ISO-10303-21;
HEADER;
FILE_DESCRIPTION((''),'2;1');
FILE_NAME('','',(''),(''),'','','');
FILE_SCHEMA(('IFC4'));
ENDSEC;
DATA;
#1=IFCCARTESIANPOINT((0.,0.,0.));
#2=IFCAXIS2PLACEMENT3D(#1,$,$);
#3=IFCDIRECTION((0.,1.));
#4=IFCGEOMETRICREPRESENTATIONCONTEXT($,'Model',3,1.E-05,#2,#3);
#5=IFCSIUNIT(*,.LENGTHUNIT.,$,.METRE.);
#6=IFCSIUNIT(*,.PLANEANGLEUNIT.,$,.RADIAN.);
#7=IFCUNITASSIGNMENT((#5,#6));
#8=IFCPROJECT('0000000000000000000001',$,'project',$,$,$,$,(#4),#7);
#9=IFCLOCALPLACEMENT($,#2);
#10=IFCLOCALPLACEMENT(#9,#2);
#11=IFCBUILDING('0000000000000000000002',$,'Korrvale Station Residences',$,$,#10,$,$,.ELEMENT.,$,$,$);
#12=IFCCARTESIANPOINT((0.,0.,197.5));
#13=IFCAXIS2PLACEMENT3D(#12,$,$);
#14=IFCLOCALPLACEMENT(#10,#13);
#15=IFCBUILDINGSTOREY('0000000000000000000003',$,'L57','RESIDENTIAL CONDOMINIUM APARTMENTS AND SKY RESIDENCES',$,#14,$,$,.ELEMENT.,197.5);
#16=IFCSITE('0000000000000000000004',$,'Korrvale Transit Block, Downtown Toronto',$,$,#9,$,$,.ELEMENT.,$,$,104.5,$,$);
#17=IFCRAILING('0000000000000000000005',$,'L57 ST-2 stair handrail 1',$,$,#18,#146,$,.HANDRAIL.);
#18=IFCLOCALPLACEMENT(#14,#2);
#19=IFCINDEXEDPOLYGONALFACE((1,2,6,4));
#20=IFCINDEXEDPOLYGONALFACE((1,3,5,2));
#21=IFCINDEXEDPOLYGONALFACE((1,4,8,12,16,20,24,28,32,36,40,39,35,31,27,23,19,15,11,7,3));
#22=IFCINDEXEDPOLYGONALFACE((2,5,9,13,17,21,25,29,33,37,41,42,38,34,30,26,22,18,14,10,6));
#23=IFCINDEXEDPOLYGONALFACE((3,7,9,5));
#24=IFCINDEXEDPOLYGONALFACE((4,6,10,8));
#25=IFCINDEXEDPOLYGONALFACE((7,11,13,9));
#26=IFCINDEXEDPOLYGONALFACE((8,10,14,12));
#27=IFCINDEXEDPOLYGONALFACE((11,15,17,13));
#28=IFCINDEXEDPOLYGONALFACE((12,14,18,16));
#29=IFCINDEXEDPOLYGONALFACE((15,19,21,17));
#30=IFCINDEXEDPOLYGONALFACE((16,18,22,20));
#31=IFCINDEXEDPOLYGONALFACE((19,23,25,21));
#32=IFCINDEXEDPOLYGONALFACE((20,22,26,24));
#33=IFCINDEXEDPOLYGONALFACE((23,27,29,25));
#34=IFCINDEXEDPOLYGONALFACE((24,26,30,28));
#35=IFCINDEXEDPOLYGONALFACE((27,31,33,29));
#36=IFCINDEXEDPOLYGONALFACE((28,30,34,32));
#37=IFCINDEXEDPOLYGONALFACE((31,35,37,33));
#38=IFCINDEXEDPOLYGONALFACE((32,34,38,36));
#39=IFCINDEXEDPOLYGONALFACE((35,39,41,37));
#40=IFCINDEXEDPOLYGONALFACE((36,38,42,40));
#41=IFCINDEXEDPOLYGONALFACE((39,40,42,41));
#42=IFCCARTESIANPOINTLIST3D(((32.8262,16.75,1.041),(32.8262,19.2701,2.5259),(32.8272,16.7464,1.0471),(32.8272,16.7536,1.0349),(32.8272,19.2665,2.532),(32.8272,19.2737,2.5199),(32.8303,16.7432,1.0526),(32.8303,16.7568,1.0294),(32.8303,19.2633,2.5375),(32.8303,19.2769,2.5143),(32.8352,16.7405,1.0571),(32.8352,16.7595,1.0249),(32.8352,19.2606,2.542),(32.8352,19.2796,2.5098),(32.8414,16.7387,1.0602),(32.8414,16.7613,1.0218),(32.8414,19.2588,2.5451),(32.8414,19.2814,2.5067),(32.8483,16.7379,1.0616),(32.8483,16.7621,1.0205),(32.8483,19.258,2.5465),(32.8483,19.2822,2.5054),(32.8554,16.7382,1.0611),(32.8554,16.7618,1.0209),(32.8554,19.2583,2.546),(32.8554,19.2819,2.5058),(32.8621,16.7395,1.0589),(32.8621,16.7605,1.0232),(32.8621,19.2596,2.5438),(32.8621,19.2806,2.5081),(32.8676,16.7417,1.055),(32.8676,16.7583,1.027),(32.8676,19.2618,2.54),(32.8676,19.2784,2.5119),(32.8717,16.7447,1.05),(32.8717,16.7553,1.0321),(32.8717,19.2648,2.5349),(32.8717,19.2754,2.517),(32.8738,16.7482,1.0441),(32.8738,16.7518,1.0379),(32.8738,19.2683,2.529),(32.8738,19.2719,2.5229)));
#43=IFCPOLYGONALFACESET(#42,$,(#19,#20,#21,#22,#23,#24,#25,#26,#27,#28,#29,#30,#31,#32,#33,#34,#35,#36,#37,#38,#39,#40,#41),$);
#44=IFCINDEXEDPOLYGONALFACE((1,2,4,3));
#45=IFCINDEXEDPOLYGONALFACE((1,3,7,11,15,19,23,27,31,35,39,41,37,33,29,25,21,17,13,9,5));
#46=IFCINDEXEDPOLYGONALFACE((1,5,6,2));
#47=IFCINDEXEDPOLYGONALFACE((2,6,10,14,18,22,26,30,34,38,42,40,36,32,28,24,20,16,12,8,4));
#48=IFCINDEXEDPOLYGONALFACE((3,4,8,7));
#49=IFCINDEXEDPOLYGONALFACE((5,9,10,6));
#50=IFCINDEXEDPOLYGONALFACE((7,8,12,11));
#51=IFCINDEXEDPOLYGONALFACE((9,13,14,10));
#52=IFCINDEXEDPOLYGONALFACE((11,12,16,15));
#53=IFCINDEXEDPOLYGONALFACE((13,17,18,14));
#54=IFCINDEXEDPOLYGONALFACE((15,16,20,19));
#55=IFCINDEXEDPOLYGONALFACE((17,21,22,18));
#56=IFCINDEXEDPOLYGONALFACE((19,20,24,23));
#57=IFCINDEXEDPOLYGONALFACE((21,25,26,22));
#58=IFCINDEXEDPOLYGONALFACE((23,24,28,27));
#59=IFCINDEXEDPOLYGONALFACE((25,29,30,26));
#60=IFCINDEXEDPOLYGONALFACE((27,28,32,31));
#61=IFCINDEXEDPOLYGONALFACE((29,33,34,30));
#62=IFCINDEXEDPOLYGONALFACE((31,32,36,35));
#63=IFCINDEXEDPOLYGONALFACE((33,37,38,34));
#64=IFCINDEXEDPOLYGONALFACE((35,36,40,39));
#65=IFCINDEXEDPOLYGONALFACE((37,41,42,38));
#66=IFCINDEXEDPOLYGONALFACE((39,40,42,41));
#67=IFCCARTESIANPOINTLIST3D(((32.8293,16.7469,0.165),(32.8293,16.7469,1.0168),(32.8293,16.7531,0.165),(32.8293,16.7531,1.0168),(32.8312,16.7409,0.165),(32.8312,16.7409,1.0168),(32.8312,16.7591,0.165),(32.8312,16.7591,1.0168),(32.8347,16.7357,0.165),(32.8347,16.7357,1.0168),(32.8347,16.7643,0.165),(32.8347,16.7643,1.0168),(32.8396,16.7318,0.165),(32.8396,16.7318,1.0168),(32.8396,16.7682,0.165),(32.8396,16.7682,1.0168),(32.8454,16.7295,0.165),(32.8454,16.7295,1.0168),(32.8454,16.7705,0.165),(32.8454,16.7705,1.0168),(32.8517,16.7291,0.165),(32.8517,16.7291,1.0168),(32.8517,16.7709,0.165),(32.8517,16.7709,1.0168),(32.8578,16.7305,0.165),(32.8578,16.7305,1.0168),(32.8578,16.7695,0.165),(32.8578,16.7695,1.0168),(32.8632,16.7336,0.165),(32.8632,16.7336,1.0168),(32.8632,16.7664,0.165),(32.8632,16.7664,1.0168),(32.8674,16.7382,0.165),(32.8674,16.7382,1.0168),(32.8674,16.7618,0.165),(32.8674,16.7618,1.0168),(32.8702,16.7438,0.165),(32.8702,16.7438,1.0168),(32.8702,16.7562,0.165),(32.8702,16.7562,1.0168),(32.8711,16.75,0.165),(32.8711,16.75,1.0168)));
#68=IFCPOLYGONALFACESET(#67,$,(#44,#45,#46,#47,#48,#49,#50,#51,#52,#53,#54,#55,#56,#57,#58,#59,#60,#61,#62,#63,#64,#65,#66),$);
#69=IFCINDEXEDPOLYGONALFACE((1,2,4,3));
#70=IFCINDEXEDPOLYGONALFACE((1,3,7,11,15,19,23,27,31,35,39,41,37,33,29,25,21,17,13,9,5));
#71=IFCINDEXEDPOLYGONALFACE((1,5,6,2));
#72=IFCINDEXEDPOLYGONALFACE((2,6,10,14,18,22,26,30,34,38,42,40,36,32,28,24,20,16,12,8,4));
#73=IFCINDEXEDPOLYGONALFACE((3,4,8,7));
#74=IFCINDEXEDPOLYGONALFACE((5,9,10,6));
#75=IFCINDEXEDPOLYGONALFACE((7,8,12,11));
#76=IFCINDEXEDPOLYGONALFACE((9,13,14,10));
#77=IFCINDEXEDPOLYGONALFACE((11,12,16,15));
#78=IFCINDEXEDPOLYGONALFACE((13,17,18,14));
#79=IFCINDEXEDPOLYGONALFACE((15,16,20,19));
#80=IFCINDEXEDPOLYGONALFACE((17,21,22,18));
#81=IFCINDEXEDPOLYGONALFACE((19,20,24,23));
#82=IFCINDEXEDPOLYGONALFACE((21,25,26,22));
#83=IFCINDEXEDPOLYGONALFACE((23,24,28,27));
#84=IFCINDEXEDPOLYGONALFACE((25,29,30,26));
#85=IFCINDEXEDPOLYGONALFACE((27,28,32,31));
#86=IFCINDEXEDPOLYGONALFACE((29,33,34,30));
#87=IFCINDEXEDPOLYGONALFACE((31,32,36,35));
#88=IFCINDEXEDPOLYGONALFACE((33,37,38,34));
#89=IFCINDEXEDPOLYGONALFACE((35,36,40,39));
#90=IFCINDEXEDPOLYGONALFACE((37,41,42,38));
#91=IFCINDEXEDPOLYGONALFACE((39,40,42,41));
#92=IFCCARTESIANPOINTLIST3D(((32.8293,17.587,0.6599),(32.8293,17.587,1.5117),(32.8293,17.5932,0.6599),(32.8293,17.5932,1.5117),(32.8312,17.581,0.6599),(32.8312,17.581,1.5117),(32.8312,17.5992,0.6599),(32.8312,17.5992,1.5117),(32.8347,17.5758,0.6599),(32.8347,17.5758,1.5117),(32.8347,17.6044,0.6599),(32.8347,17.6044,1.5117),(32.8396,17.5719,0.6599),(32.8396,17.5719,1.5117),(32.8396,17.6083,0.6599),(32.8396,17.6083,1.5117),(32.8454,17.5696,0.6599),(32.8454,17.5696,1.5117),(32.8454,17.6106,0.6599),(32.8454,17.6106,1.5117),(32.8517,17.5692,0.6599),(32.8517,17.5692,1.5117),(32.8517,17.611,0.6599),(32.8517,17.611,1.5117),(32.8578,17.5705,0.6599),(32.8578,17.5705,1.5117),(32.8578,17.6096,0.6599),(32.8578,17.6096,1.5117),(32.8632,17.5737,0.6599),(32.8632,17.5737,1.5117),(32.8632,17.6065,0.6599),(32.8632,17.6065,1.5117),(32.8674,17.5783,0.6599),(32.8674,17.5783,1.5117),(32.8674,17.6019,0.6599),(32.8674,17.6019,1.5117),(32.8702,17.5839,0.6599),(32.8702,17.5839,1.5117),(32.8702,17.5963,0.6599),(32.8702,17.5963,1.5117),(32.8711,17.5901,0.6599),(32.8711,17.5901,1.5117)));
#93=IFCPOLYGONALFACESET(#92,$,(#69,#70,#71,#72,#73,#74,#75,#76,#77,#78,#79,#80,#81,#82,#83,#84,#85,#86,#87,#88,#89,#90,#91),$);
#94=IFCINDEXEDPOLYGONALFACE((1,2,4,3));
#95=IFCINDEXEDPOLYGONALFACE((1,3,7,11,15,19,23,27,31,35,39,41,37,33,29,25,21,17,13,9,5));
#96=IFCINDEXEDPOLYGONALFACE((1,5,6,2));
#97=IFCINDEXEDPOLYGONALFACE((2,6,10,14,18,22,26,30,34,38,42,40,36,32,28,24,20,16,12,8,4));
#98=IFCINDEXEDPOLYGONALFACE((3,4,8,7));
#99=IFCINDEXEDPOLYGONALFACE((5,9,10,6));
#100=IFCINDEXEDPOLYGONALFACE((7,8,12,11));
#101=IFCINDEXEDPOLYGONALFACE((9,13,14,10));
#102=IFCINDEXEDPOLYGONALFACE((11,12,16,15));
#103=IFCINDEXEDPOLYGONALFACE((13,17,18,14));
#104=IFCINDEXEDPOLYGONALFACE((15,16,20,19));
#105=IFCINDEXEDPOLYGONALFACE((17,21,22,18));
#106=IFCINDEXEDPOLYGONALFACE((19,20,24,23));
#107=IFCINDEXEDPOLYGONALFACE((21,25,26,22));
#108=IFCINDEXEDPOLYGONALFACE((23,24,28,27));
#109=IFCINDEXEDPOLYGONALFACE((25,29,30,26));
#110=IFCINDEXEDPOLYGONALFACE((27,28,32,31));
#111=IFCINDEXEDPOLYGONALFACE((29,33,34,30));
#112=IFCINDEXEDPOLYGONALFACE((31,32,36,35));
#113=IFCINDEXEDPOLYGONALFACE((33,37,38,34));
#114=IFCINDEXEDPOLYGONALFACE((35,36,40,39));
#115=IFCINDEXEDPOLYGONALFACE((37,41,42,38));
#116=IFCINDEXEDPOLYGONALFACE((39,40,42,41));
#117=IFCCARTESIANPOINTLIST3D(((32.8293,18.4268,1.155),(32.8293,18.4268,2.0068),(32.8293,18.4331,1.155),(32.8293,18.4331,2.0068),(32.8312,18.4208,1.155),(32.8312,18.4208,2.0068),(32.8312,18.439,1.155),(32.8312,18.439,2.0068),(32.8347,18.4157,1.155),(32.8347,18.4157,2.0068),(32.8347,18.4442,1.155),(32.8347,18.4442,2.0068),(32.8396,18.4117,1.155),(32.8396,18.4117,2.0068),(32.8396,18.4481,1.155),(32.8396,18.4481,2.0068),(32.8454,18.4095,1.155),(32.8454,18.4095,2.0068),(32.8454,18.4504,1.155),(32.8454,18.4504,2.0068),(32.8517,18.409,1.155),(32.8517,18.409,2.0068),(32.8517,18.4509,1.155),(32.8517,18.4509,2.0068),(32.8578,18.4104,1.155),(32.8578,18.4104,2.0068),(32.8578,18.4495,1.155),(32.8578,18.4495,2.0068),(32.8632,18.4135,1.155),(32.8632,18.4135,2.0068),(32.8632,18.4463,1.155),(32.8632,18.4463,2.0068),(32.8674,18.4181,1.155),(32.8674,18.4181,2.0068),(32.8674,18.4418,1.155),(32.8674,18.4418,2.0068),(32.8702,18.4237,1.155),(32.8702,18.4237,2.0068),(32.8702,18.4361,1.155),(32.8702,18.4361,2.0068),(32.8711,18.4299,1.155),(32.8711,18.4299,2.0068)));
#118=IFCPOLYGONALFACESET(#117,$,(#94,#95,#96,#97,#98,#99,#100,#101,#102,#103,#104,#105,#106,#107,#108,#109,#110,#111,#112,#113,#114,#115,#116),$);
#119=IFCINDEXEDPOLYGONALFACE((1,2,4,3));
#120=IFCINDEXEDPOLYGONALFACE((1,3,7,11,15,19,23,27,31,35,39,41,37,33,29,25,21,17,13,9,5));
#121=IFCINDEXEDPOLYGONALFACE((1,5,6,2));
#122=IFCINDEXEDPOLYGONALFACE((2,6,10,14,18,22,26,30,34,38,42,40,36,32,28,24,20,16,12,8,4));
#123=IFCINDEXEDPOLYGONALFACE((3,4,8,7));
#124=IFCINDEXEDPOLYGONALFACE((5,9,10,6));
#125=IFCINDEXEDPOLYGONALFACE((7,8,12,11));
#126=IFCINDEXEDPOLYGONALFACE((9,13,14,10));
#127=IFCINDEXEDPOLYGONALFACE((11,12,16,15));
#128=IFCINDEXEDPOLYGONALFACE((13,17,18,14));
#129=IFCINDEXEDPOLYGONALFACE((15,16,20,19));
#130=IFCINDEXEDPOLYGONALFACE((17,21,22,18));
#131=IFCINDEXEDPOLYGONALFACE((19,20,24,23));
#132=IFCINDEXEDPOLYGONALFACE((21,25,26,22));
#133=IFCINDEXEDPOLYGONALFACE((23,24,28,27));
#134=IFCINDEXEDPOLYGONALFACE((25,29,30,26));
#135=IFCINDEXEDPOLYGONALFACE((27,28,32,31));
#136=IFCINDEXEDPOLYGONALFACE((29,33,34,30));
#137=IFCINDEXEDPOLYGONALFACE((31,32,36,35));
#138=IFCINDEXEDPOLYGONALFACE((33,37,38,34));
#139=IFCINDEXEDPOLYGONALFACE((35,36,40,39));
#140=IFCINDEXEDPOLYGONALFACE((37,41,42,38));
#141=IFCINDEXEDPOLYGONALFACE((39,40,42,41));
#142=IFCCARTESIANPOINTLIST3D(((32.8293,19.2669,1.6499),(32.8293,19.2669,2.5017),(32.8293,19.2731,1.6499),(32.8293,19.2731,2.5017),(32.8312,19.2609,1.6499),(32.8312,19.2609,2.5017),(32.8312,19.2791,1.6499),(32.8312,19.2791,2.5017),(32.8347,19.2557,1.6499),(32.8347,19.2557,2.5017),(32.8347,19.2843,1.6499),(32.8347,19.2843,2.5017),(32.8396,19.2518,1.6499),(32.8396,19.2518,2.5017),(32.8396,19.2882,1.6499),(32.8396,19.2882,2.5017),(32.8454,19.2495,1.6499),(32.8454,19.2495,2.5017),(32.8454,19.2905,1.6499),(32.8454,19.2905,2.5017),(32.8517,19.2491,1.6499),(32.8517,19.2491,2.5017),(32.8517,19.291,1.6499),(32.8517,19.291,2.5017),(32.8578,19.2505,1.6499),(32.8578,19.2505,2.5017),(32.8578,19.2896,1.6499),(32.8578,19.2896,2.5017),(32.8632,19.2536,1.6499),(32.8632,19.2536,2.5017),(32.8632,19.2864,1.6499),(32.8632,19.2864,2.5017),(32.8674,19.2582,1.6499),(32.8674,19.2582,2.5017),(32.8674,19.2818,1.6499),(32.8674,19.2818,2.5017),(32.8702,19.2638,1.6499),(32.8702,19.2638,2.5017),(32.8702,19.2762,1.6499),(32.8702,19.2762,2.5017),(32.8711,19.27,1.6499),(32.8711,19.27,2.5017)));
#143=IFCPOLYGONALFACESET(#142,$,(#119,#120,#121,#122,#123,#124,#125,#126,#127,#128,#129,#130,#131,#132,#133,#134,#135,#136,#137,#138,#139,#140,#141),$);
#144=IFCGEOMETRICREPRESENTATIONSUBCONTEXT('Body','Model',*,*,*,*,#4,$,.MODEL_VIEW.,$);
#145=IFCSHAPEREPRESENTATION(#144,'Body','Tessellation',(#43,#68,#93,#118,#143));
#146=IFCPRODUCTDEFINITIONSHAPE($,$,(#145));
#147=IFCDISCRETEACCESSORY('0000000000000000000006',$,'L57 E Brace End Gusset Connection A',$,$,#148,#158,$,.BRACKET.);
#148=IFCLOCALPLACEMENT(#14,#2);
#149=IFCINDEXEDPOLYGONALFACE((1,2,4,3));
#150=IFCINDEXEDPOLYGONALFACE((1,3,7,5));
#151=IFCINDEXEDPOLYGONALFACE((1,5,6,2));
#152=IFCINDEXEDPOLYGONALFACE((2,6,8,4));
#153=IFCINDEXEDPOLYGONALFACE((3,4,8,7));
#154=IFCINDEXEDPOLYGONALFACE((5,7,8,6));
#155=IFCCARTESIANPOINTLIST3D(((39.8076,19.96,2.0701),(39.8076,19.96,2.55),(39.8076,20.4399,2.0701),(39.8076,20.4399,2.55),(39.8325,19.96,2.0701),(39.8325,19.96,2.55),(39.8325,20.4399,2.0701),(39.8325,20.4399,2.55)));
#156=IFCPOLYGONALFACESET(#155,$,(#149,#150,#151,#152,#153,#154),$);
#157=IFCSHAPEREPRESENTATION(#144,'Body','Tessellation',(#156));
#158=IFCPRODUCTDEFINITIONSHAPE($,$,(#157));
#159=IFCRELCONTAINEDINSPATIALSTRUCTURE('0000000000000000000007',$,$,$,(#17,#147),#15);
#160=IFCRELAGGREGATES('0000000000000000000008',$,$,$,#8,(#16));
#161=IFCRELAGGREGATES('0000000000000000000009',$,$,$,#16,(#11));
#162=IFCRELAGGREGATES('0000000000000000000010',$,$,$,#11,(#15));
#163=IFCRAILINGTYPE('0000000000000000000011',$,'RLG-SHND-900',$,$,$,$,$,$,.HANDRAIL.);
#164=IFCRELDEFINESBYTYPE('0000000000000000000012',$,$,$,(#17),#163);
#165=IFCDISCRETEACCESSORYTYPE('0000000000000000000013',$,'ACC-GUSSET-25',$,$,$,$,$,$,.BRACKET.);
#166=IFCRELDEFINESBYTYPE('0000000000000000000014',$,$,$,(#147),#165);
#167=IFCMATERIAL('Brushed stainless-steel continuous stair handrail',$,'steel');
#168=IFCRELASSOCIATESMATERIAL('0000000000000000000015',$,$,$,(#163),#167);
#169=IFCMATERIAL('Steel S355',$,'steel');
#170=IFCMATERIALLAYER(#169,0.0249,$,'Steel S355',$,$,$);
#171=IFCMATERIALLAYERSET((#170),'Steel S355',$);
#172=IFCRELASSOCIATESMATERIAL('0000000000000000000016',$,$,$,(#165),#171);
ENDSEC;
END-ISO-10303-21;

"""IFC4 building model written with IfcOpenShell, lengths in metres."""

from ifc_helpers import new_model, si_unit, direction, frame, origin, origin_2d, place, context, subcontext, project, spatial, rectangle, circle, extrude, material, layer, layer_set, type_object, element, save


model = new_model("IFC4")

# Units and contexts
model_context = context("Model", 3, precision=1e-05, world=origin(), true_north=direction((0.0, 1.0)))
body_context = subcontext(model_context, "Body", "Model", "MODEL_VIEW")
ifc_project = project(units=[si_unit("LENGTHUNIT", "METRE"), si_unit("PLANEANGLEUNIT", "RADIAN")], contexts=[model_context])

# Site, building, storey
site_placement = place(None, origin())
site = spatial("IfcSite", under=ifc_project, at=site_placement, Name="Korrvale Transit Block, Downtown Toronto", CompositionType="ELEMENT", RefElevation=104.5)
building_placement = place(site_placement, origin())
building = spatial("IfcBuilding", under=site, at=building_placement, Name="Korrvale Station Residences", CompositionType="ELEMENT")
storey_placement = place(building_placement, frame((0.0, 0.0, 197.5)))
storey = spatial("IfcBuildingStorey", under=building, at=storey_placement, Name="L57", Description="RESIDENTIAL CONDOMINIUM APARTMENTS AND SKY RESIDENCES", CompositionType="ELEMENT", Elevation=197.5)

# Shared definitions
ifc_material_1 = material(Name="Steel S355", Category="steel")

# Railing
ifc_material_2 = material(Name="Brushed stainless-steel continuous stair handrail", Category="steel")
railing_type = type_object("IfcRailingType", Name="RLG-SHND-900", PredefinedType="HANDRAIL", material=ifc_material_2)
railing_placement = place(storey_placement, frame((32.8501, 16.75, 0.165)))
element("IfcRailing", 1, at=railing_placement, inside=storey, type_object=railing_type, Name="L57 ST-2 stair handrail 1", PredefinedType="HANDRAIL", context=body_context, shape_type="SweptSolid", body=[
    extrude(circle(Radius=0.0239, at=origin_2d()), frame((0.0, 0.0, 0.876), z_axis=(0.0, 0.861561, 0.507655), x_axis=(-1.0, 0.0, 0.0)), (0.0, 0.0, 1.0), 2.925),
    extrude(circle(Radius=0.021, at=origin_2d()), origin(), (0.0, 0.0, 1.0), 0.8518),
    extrude(circle(Radius=0.021, at=origin_2d()), frame((0.0, 0.8401, 0.4949)), (0.0, 0.0, 1.0), 0.8518),
    extrude(circle(Radius=0.021, at=origin_2d()), frame((0.0, 1.6799, 0.99)), (0.0, 0.0, 1.0), 0.8518),
    extrude(circle(Radius=0.021, at=origin_2d()), frame((0.0, 2.52, 1.4849)), (0.0, 0.0, 1.0), 0.8518),
])

# Discrete accessory
ifc_layer_1 = layer(ifc_material_1, 0.0249, Name="Steel S355")
ifc_layer_set_1 = layer_set([ifc_layer_1], Name="Steel S355")
discrete_accessory_type = type_object("IfcDiscreteAccessoryType", Name="ACC-GUSSET-25", PredefinedType="BRACKET", material=ifc_layer_set_1)
discrete_accessory_placement = place(storey_placement, frame((39.8201, 20.2, 2.0701), z_axis=(0.0, 0.0, 1.0), x_axis=(0.0, 1.0, 0.0)))
element("IfcDiscreteAccessory", 2, at=discrete_accessory_placement, inside=storey, type_object=discrete_accessory_type, Name="L57 E Brace End Gusset Connection A", PredefinedType="BRACKET", context=body_context, shape_type="SweptSolid", body=[
    extrude(rectangle(XDim=0.48, YDim=0.0249, at=origin_2d()), origin(), (0.0, 0.0, 1.0), 0.48),
])

save(model, "model.ifc")
